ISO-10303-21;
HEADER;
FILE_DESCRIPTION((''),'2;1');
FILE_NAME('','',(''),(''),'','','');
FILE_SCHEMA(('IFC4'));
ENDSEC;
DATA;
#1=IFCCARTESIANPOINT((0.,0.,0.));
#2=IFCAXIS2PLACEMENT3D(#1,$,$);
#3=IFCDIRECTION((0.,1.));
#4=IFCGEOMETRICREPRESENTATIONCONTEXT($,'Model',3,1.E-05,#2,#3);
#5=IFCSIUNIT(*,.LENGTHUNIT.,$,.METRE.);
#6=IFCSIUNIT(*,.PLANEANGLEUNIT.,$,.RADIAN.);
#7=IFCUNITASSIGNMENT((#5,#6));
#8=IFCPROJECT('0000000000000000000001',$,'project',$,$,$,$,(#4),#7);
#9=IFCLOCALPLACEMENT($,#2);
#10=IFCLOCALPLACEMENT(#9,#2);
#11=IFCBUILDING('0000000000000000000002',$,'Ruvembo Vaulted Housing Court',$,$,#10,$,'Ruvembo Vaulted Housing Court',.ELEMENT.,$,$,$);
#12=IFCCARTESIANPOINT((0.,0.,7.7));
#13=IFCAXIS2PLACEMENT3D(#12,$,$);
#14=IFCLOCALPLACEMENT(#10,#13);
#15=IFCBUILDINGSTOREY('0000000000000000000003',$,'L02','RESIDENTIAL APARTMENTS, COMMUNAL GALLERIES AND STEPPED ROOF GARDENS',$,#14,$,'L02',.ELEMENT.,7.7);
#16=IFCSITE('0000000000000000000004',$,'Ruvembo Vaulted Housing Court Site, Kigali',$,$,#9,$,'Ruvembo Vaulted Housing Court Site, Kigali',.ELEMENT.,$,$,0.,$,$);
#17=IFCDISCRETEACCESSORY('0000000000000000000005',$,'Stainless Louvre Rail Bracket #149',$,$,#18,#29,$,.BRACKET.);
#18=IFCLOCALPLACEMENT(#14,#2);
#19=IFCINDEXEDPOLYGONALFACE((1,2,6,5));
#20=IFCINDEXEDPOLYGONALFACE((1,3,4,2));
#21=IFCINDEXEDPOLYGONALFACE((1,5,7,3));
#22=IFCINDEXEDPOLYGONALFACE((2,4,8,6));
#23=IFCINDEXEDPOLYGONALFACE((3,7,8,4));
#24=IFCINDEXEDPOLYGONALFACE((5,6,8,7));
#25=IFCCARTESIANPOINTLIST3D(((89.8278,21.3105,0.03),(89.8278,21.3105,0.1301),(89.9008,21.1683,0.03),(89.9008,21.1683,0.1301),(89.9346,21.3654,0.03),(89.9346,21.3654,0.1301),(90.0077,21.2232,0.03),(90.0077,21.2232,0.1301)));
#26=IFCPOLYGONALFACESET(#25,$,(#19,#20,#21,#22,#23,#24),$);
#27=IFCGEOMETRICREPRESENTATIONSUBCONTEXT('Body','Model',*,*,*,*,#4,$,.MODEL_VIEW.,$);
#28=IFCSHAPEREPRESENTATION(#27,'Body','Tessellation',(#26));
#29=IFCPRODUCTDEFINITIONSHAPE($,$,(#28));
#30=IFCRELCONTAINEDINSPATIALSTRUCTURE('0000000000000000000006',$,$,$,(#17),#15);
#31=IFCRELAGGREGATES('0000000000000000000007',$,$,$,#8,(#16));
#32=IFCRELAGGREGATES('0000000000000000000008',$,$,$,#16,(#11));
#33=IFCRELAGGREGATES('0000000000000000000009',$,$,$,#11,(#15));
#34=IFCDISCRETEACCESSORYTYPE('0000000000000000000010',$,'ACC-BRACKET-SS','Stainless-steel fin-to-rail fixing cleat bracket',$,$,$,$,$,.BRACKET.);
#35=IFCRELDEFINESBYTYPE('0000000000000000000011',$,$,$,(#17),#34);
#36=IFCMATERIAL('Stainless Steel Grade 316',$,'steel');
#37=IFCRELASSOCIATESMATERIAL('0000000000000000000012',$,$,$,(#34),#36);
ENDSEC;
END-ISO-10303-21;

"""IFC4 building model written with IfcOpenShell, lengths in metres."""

from ifc_helpers import new_model, si_unit, direction, frame, origin, origin_2d, place, context, subcontext, project, spatial, rectangle, extrude, material, type_object, element, save


model = new_model("IFC4")

# Units and contexts
model_context = context("Model", 3, precision=1e-05, world=origin(), true_north=direction((0.0, 1.0)))
body_context = subcontext(model_context, "Body", "Model", "MODEL_VIEW")
ifc_project = project(units=[si_unit("LENGTHUNIT", "METRE"), si_unit("PLANEANGLEUNIT", "RADIAN")], contexts=[model_context])

# Site, building, storey
site_placement = place(None, origin())
site = spatial("IfcSite", under=ifc_project, at=site_placement, Name="Ruvembo Vaulted Housing Court Site, Kigali", LongName="Ruvembo Vaulted Housing Court Site, Kigali", CompositionType="ELEMENT", RefElevation=0.0)
building_placement = place(site_placement, origin())
building = spatial("IfcBuilding", under=site, at=building_placement, Name="Ruvembo Vaulted Housing Court", LongName="Ruvembo Vaulted Housing Court", CompositionType="ELEMENT")
storey_placement = place(building_placement, frame((0.0, 0.0, 7.7)))
storey = spatial("IfcBuildingStorey", under=building, at=storey_placement, Name="L02", Description="RESIDENTIAL APARTMENTS, COMMUNAL GALLERIES AND STEPPED ROOF GARDENS", LongName="L02", CompositionType="ELEMENT", Elevation=7.7)

# Discrete accessory
ifc_material_1 = material(Name="Stainless Steel Grade 316", Category="steel")
discrete_accessory_type = type_object("IfcDiscreteAccessoryType", Name="ACC-BRACKET-SS", Description="Stainless-steel fin-to-rail fixing cleat bracket", PredefinedType="BRACKET", material=ifc_material_1)
for number, where, z_axis, x_axis, name in (
    (1, (89.9177, 21.2668, 0.03), (0.0, 0.0, 1.0), (0.45685, -0.889544, 0.0), "Stainless Louvre Rail Bracket #149"),
):
    element("IfcDiscreteAccessory", number, at=place(storey_placement, frame(where, z_axis=z_axis, x_axis=x_axis)), inside=storey, type_object=discrete_accessory_type, Name=name, PredefinedType="BRACKET", context=body_context, shape_type="SweptSolid", body=[
        extrude(rectangle(XDim=0.1599, YDim=0.1201, at=origin_2d()), origin(), (0.0, 0.0, 1.0), 0.1001),
    ])

save(model, "model.ifc")
